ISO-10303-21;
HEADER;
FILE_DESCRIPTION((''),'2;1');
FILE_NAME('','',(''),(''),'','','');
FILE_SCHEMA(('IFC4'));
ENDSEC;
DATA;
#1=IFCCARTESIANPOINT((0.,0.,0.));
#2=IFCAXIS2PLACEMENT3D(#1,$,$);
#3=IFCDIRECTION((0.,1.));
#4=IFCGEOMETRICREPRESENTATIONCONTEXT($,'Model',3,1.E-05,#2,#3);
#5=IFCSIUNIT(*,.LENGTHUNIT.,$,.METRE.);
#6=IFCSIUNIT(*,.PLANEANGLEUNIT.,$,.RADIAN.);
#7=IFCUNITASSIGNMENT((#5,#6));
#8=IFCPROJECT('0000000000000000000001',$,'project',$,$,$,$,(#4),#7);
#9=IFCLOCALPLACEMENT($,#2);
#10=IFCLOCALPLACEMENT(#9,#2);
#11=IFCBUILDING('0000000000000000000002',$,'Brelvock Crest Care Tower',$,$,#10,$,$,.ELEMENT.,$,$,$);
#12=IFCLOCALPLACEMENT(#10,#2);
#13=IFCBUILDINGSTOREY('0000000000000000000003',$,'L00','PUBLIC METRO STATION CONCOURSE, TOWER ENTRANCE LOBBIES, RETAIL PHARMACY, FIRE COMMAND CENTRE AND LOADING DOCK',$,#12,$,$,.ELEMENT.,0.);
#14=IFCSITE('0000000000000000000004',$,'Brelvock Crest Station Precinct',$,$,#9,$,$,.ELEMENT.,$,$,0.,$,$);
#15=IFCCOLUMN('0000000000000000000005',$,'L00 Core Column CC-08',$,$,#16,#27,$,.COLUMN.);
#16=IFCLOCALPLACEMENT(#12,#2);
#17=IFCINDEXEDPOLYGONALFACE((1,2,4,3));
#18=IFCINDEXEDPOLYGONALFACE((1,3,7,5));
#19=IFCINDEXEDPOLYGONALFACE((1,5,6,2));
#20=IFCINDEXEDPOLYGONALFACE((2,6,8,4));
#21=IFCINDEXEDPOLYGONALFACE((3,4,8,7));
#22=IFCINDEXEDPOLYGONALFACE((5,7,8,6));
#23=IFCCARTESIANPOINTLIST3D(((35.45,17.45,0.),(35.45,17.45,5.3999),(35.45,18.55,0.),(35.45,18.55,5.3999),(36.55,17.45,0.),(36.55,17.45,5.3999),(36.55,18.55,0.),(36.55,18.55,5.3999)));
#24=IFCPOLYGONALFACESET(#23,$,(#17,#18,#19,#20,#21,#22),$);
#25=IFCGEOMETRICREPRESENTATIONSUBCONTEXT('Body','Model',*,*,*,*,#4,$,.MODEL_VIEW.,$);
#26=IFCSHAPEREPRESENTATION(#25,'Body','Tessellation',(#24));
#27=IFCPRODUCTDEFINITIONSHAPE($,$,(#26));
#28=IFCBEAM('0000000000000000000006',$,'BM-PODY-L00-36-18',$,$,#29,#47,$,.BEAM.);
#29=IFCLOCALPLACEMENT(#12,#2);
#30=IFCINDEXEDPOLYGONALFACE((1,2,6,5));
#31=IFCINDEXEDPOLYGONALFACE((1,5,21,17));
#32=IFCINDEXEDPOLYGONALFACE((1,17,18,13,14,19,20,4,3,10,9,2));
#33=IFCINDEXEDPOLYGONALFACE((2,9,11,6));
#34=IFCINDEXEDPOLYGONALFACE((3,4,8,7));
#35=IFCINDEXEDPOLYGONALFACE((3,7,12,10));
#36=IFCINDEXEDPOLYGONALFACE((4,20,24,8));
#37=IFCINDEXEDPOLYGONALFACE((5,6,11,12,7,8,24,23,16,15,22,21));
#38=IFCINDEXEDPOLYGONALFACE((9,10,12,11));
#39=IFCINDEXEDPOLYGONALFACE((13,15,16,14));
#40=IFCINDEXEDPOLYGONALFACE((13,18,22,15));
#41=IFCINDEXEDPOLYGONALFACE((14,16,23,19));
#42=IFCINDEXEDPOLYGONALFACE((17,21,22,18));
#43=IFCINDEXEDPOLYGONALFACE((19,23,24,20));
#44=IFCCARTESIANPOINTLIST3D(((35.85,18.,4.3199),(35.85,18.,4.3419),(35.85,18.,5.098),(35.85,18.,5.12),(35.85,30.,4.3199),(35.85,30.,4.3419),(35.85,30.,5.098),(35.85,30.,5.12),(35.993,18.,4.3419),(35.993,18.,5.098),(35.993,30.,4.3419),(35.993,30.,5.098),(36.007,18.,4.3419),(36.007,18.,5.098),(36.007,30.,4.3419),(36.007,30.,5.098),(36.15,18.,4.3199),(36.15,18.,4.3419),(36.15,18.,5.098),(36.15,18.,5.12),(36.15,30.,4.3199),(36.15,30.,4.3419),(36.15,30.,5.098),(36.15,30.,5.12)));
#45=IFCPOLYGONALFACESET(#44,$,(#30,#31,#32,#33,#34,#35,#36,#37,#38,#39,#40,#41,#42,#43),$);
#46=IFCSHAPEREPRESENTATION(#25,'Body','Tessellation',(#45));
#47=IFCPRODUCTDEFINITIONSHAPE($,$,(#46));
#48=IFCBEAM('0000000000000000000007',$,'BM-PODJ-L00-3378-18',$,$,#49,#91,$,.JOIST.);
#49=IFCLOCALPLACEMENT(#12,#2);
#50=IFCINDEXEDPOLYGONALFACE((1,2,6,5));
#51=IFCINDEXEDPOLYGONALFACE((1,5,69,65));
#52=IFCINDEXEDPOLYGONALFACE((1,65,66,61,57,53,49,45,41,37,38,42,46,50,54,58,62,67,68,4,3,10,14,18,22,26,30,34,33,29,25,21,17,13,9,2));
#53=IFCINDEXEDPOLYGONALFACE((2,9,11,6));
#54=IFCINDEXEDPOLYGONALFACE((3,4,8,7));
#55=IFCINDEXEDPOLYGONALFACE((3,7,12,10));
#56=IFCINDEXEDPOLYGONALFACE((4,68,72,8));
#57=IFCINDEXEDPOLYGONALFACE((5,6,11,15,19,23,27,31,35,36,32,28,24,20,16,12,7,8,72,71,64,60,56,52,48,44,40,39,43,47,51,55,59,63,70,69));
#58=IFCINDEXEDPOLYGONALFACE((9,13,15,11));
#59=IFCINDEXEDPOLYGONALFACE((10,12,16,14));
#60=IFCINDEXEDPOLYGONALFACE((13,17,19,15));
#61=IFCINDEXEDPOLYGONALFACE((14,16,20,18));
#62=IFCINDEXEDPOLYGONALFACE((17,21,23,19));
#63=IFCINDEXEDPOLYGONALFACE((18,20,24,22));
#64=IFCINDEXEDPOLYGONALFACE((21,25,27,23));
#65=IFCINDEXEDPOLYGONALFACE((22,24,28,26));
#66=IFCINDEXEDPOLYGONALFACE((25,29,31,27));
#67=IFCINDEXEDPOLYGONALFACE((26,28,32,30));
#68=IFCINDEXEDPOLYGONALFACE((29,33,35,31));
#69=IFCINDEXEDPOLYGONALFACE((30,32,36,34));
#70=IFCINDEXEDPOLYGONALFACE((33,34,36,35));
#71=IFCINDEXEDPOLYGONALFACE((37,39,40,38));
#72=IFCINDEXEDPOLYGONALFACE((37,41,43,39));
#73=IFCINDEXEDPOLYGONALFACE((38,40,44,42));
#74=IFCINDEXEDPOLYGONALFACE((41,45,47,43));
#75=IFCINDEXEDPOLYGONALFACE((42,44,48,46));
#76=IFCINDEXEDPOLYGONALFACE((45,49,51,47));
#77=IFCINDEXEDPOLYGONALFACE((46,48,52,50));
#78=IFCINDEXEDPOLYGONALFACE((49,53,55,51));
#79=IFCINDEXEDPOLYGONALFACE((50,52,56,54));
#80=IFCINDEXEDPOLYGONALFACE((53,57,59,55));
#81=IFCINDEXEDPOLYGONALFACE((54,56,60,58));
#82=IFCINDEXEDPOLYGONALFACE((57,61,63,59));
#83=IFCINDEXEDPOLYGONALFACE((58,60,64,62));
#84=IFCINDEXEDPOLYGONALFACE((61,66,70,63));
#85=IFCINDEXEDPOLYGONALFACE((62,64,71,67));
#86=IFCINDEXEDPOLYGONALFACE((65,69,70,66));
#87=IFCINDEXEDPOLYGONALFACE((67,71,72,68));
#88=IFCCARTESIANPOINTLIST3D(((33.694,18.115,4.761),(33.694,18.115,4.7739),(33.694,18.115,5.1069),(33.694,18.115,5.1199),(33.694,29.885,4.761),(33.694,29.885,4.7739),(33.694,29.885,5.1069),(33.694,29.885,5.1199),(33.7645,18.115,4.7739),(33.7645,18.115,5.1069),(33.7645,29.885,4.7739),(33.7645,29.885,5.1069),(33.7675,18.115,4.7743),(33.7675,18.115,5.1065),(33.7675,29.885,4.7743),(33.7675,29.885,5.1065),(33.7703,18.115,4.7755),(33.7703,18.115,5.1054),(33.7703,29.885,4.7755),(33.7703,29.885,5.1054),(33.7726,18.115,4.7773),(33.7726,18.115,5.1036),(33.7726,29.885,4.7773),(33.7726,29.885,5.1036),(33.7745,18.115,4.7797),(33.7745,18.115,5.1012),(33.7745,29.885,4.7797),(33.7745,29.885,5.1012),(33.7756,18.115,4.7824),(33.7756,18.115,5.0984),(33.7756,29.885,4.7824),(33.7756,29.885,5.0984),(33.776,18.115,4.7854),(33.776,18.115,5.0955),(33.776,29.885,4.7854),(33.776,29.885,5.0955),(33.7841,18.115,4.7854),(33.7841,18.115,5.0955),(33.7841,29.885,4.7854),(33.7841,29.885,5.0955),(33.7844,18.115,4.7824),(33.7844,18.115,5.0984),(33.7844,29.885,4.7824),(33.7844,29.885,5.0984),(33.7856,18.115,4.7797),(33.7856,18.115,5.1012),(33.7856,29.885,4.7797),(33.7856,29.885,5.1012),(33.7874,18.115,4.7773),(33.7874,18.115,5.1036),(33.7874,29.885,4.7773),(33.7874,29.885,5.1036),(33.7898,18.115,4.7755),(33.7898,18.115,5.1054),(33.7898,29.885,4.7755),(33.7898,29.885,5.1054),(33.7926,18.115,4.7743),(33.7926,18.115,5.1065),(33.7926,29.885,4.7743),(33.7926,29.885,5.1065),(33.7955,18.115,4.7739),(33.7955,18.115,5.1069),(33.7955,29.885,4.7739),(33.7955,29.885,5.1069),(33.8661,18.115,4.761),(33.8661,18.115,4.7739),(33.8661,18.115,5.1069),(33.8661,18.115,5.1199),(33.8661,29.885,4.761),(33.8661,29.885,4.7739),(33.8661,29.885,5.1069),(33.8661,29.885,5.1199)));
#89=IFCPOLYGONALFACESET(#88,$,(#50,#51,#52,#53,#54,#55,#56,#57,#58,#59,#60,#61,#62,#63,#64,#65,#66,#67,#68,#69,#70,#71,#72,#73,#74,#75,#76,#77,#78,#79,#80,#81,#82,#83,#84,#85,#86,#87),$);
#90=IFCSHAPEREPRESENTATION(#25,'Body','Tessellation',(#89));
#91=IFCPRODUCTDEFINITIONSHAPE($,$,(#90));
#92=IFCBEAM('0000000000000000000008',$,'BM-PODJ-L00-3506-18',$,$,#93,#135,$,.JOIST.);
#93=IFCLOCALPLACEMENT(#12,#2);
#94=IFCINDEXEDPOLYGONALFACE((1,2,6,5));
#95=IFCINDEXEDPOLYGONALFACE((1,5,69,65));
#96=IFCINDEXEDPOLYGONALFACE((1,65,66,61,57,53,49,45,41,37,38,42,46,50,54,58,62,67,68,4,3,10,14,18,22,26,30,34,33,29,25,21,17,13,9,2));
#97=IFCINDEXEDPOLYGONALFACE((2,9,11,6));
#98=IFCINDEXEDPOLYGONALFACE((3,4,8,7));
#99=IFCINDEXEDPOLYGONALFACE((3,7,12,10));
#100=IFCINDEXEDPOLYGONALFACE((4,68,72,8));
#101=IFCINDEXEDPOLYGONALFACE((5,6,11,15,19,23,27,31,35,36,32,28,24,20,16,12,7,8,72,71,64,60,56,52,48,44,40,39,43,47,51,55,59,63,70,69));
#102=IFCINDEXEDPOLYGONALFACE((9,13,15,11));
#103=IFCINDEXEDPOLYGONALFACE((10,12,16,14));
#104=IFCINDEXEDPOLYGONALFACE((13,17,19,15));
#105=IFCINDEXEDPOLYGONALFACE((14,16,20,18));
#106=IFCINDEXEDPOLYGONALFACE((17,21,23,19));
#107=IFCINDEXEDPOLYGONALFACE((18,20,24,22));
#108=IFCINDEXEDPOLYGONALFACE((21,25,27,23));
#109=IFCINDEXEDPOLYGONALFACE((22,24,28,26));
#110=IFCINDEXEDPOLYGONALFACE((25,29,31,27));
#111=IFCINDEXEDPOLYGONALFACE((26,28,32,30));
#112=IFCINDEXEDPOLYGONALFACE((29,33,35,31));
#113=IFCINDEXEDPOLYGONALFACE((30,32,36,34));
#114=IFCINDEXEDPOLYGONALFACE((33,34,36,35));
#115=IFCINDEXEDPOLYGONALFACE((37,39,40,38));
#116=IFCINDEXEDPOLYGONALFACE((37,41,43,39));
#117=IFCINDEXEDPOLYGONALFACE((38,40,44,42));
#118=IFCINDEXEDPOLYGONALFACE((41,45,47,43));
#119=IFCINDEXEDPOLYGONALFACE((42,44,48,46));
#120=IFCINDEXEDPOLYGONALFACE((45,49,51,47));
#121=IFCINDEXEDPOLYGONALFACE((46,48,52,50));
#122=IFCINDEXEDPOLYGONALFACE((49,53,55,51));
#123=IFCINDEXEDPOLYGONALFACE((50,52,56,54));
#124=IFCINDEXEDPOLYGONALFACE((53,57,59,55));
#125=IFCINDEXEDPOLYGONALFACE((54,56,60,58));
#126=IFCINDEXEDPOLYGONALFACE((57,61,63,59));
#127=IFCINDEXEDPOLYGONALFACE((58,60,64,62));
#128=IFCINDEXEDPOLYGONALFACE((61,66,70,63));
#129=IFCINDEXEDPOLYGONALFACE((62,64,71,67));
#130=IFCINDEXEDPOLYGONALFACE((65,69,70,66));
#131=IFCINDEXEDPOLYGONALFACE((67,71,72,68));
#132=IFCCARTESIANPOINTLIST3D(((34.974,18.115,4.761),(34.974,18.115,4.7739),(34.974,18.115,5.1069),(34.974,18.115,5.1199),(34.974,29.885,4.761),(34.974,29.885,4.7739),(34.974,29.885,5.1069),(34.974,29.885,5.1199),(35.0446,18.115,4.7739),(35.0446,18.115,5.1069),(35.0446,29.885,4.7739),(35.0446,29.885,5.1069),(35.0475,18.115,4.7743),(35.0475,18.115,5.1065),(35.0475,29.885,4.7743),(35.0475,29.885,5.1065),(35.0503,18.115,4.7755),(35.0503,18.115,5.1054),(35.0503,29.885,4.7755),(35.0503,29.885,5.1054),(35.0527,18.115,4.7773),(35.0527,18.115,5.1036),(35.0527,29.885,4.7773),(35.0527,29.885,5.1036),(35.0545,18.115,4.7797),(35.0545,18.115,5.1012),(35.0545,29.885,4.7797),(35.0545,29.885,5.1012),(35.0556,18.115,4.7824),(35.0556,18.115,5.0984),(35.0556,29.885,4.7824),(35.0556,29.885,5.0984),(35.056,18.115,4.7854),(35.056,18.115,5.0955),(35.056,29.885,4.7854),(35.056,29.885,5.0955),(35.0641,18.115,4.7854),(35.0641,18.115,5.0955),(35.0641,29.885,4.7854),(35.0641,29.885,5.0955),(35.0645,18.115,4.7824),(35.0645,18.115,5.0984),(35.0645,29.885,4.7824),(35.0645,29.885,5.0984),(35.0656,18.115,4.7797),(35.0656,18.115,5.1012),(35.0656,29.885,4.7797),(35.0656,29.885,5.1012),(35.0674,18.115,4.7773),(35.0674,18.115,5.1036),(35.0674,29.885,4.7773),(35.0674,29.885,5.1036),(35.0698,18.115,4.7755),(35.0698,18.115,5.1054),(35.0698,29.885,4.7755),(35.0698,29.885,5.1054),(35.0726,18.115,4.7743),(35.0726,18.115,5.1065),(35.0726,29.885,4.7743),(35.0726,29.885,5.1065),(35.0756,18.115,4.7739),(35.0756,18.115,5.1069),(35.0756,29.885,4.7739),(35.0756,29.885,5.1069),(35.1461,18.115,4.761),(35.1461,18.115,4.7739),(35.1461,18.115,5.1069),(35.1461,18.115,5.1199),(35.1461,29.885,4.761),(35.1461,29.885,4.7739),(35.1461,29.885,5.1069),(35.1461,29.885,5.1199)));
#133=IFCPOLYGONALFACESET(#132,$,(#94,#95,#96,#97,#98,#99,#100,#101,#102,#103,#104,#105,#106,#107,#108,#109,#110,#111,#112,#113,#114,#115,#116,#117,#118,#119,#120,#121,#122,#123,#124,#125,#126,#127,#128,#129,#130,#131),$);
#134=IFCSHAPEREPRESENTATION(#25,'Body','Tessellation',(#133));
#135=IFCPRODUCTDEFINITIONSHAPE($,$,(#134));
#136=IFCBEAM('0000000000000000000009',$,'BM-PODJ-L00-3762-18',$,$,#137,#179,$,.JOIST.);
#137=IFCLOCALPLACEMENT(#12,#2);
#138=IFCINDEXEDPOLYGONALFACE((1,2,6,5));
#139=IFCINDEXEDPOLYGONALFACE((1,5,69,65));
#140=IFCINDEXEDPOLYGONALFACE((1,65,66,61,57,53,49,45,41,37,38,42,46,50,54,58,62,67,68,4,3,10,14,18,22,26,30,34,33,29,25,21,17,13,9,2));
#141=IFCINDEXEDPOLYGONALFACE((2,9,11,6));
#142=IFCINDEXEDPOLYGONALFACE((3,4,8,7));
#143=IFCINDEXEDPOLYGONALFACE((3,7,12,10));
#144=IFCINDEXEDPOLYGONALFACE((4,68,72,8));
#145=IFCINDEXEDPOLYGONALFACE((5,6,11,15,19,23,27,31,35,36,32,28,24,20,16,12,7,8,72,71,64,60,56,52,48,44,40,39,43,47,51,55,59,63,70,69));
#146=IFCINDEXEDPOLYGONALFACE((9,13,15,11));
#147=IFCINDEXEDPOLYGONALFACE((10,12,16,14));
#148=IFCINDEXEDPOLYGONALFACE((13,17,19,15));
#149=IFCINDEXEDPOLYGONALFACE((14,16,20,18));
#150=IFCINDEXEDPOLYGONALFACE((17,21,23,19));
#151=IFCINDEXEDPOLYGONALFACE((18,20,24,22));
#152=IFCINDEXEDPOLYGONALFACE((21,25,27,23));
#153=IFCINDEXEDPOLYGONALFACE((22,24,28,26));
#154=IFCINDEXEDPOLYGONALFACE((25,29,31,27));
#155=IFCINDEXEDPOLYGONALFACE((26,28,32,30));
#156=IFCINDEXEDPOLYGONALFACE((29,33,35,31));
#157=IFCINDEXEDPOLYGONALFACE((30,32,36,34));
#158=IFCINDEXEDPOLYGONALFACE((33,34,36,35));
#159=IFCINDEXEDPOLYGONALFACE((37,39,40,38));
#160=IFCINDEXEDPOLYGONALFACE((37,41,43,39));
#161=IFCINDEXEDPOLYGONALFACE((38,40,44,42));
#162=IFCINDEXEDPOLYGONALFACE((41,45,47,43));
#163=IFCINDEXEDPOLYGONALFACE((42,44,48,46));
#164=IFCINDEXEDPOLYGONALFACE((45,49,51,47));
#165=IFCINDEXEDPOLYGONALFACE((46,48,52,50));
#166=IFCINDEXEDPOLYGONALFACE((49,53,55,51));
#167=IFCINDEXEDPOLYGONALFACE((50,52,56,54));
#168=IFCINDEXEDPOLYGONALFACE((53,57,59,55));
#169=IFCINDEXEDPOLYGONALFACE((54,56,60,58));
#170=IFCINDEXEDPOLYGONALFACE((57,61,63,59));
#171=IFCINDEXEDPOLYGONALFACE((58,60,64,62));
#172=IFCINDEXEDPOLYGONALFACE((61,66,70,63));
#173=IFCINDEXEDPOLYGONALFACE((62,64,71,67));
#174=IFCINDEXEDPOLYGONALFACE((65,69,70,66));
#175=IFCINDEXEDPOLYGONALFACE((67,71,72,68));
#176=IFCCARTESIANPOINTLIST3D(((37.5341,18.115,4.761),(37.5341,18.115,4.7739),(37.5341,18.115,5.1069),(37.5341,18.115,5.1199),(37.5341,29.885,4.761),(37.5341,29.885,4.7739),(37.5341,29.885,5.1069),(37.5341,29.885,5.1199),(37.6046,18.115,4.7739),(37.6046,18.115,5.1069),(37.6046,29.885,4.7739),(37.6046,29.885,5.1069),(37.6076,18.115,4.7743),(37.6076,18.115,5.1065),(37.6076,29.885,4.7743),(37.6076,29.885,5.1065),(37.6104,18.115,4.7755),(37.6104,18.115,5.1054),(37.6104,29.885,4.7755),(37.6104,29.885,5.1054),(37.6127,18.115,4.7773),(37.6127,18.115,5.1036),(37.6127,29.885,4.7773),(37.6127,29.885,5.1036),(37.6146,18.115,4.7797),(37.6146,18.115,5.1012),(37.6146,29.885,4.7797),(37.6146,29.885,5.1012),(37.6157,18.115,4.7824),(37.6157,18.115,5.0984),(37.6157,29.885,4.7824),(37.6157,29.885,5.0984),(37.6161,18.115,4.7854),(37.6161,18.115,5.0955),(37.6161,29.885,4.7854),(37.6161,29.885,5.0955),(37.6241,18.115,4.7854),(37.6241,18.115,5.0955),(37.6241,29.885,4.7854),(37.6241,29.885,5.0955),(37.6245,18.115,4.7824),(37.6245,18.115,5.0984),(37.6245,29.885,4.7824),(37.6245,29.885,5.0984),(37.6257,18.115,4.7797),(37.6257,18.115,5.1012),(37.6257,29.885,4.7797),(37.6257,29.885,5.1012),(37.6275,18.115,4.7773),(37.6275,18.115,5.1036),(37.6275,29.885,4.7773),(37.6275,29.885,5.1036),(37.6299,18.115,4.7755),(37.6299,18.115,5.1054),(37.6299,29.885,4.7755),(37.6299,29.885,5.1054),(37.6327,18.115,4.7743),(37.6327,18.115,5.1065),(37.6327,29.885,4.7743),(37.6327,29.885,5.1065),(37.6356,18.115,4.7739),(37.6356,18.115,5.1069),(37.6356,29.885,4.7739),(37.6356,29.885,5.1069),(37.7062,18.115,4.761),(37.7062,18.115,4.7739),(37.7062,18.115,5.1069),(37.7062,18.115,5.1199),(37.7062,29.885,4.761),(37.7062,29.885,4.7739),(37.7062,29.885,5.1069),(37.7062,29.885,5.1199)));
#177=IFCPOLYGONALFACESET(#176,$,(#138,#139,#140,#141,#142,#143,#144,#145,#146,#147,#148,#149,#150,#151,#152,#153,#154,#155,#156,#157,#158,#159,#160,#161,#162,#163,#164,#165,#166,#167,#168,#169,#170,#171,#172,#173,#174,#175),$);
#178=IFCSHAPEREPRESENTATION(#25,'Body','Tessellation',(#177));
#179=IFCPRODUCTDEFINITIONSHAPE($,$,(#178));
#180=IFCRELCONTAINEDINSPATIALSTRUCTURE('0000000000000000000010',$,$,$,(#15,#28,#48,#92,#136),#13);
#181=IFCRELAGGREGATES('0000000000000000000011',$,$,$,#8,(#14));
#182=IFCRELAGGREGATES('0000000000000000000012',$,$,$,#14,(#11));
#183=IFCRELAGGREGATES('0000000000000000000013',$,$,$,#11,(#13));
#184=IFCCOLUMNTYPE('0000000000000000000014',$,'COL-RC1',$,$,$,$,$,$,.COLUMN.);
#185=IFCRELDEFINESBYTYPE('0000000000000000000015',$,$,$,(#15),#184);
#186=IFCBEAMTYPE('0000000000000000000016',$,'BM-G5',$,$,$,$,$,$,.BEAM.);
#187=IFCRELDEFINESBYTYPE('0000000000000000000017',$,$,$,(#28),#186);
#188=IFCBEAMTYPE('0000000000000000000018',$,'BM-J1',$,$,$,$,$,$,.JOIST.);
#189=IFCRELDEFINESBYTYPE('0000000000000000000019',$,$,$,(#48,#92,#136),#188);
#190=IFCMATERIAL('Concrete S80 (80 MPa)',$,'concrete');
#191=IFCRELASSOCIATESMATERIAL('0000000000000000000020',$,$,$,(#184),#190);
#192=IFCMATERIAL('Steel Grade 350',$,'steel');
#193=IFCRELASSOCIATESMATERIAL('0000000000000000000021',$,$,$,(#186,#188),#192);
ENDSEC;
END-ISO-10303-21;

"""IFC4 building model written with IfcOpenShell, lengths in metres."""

from ifc_helpers import new_model, si_unit, direction, frame, origin, origin_2d, place, context, subcontext, project, spatial, rectangle, i_section, extrude, source, transform, mapped, material, material_profile, profile_set, type_object, element, save


model = new_model("IFC4")

# Units and contexts
model_context = context("Model", 3, precision=1e-05, world=origin(), true_north=direction((0.0, 1.0)))
body_context = subcontext(model_context, "Body", "Model", "MODEL_VIEW")
ifc_project = project(units=[si_unit("LENGTHUNIT", "METRE"), si_unit("PLANEANGLEUNIT", "RADIAN")], contexts=[model_context])

# Site, building, storey
site_placement = place(None, origin())
site = spatial("IfcSite", under=ifc_project, at=site_placement, Name="Brelvock Crest Station Precinct", CompositionType="ELEMENT", RefElevation=0.0)
building_placement = place(site_placement, origin())
building = spatial("IfcBuilding", under=site, at=building_placement, Name="Brelvock Crest Care Tower", CompositionType="ELEMENT")
storey_placement = place(building_placement, origin())
storey = spatial("IfcBuildingStorey", under=building, at=storey_placement, Name="L00", Description="PUBLIC METRO STATION CONCOURSE, TOWER ENTRANCE LOBBIES, RETAIL PHARMACY, FIRE COMMAND CENTRE AND LOADING DOCK", CompositionType="ELEMENT", Elevation=0.0)

# Column
ifc_material_1 = material(Name="Concrete S80 (80 MPa)", Category="concrete")
ifc_material_profile_1 = material_profile(ifc_material_1, rectangle(XDim=1.1001, YDim=1.1001, at=origin_2d()), Name="RC1100x1100")
ifc_profile_set_1 = profile_set([ifc_material_profile_1], Name="Concrete S80 (80 MPa)")
column_type = type_object("IfcColumnType", Name="COL-RC1", PredefinedType="COLUMN", material=ifc_profile_set_1)
shared_shape_1 = source(origin(), body_context, "Body", "SweptSolid", [
    extrude(rectangle(XDim=1.1001, YDim=1.1001, at=origin_2d()), origin(), (0.0, 0.0, 1.0), 5.3999),
])
column_placement = place(storey_placement, frame((36.0, 18.0, 0.0), z_axis=(0.0, 0.0, 1.0), x_axis=(1.0, 0.0, 0.0)))
element("IfcColumn", 1, at=column_placement, inside=storey, type_object=column_type, Name="L00 Core Column CC-08", PredefinedType="COLUMN", context=body_context, shape_type="MappedRepresentation", body=[
    mapped(shared_shape_1, transform((0.0, 0.0, 0.0), x_axis=(1.0, 0.0, 0.0), y_axis=(0.0, 1.0, 0.0), z_axis=(0.0, 0.0, 1.0), scale=1.0)),
])

# Beams
ifc_material_2 = material(Name="Steel Grade 350", Category="steel")
ifc_material_profile_2 = material_profile(ifc_material_2, i_section(OverallWidth=0.3, OverallDepth=0.8, WebThickness=0.0139, FlangeThickness=0.022, at=origin_2d()), Name="800WB192")
ifc_profile_set_2 = profile_set([ifc_material_profile_2], Name="Steel Grade 350")
beam_type_1 = type_object("IfcBeamType", Name="BM-G5", PredefinedType="BEAM", material=ifc_profile_set_2)
shared_shape_2 = source(origin(), body_context, "Body", "SweptSolid", [
    extrude(i_section(OverallWidth=0.3, OverallDepth=0.8, WebThickness=0.0139, FlangeThickness=0.022, at=origin_2d()), origin(), (0.0, 0.0, 1.0), 12.0),
])
beam_placement = place(storey_placement, frame((36.0, 18.0, 4.72), z_axis=(0.0, 1.0, 0.0), x_axis=(-1.0, 0.0, 0.0)))
element("IfcBeam", 2, at=beam_placement, inside=storey, type_object=beam_type_1, Name="BM-PODY-L00-36-18", PredefinedType="BEAM", context=body_context, shape_type="MappedRepresentation", body=[
    mapped(shared_shape_2, transform((0.0, 0.0, 0.0), x_axis=(1.0, 0.0, 0.0), y_axis=(0.0, 1.0, 0.0), z_axis=(0.0, 0.0, 1.0), scale=1.0)),
])
ifc_material_profile_3 = material_profile(ifc_material_2, i_section(OverallWidth=0.1721, OverallDepth=0.3589, WebThickness=0.0081, FlangeThickness=0.0129, FilletRadius=0.0115, at=origin_2d()), Name="360UB56.7")
ifc_profile_set_3 = profile_set([ifc_material_profile_3], Name="Steel Grade 350")
beam_type_2 = type_object("IfcBeamType", Name="BM-J1", PredefinedType="JOIST", material=ifc_profile_set_3)
shared_shape_3 = source(origin(), body_context, "Body", "SweptSolid", [
    extrude(i_section(OverallWidth=0.1721, OverallDepth=0.3589, WebThickness=0.0081, FlangeThickness=0.0129, FilletRadius=0.0115, at=origin_2d()), origin(), (0.0, 0.0, 1.0), 11.77),
])
for number, where, z_axis, x_axis, name in (
    (3, (33.78, 18.115, 4.9404), (0.0, 1.0, 0.0), (-1.0, 0.0, 0.0), "BM-PODJ-L00-3378-18"),
    (4, (35.0601, 18.115, 4.9404), (0.0, 1.0, 0.0), (-1.0, 0.0, 0.0), "BM-PODJ-L00-3506-18"),
    (5, (37.6201, 18.115, 4.9404), (0.0, 1.0, 0.0), (-1.0, 0.0, 0.0), "BM-PODJ-L00-3762-18"),
):
    element("IfcBeam", number, at=place(storey_placement, frame(where, z_axis=z_axis, x_axis=x_axis)), inside=storey, type_object=beam_type_2, Name=name, PredefinedType="JOIST", context=body_context, shape_type="MappedRepresentation", body=[
        mapped(shared_shape_3, transform((0.0, 0.0, 0.0), x_axis=(1.0, 0.0, 0.0), y_axis=(0.0, 1.0, 0.0), z_axis=(0.0, 0.0, 1.0), scale=1.0)),
    ])

save(model, "model.ifc")
